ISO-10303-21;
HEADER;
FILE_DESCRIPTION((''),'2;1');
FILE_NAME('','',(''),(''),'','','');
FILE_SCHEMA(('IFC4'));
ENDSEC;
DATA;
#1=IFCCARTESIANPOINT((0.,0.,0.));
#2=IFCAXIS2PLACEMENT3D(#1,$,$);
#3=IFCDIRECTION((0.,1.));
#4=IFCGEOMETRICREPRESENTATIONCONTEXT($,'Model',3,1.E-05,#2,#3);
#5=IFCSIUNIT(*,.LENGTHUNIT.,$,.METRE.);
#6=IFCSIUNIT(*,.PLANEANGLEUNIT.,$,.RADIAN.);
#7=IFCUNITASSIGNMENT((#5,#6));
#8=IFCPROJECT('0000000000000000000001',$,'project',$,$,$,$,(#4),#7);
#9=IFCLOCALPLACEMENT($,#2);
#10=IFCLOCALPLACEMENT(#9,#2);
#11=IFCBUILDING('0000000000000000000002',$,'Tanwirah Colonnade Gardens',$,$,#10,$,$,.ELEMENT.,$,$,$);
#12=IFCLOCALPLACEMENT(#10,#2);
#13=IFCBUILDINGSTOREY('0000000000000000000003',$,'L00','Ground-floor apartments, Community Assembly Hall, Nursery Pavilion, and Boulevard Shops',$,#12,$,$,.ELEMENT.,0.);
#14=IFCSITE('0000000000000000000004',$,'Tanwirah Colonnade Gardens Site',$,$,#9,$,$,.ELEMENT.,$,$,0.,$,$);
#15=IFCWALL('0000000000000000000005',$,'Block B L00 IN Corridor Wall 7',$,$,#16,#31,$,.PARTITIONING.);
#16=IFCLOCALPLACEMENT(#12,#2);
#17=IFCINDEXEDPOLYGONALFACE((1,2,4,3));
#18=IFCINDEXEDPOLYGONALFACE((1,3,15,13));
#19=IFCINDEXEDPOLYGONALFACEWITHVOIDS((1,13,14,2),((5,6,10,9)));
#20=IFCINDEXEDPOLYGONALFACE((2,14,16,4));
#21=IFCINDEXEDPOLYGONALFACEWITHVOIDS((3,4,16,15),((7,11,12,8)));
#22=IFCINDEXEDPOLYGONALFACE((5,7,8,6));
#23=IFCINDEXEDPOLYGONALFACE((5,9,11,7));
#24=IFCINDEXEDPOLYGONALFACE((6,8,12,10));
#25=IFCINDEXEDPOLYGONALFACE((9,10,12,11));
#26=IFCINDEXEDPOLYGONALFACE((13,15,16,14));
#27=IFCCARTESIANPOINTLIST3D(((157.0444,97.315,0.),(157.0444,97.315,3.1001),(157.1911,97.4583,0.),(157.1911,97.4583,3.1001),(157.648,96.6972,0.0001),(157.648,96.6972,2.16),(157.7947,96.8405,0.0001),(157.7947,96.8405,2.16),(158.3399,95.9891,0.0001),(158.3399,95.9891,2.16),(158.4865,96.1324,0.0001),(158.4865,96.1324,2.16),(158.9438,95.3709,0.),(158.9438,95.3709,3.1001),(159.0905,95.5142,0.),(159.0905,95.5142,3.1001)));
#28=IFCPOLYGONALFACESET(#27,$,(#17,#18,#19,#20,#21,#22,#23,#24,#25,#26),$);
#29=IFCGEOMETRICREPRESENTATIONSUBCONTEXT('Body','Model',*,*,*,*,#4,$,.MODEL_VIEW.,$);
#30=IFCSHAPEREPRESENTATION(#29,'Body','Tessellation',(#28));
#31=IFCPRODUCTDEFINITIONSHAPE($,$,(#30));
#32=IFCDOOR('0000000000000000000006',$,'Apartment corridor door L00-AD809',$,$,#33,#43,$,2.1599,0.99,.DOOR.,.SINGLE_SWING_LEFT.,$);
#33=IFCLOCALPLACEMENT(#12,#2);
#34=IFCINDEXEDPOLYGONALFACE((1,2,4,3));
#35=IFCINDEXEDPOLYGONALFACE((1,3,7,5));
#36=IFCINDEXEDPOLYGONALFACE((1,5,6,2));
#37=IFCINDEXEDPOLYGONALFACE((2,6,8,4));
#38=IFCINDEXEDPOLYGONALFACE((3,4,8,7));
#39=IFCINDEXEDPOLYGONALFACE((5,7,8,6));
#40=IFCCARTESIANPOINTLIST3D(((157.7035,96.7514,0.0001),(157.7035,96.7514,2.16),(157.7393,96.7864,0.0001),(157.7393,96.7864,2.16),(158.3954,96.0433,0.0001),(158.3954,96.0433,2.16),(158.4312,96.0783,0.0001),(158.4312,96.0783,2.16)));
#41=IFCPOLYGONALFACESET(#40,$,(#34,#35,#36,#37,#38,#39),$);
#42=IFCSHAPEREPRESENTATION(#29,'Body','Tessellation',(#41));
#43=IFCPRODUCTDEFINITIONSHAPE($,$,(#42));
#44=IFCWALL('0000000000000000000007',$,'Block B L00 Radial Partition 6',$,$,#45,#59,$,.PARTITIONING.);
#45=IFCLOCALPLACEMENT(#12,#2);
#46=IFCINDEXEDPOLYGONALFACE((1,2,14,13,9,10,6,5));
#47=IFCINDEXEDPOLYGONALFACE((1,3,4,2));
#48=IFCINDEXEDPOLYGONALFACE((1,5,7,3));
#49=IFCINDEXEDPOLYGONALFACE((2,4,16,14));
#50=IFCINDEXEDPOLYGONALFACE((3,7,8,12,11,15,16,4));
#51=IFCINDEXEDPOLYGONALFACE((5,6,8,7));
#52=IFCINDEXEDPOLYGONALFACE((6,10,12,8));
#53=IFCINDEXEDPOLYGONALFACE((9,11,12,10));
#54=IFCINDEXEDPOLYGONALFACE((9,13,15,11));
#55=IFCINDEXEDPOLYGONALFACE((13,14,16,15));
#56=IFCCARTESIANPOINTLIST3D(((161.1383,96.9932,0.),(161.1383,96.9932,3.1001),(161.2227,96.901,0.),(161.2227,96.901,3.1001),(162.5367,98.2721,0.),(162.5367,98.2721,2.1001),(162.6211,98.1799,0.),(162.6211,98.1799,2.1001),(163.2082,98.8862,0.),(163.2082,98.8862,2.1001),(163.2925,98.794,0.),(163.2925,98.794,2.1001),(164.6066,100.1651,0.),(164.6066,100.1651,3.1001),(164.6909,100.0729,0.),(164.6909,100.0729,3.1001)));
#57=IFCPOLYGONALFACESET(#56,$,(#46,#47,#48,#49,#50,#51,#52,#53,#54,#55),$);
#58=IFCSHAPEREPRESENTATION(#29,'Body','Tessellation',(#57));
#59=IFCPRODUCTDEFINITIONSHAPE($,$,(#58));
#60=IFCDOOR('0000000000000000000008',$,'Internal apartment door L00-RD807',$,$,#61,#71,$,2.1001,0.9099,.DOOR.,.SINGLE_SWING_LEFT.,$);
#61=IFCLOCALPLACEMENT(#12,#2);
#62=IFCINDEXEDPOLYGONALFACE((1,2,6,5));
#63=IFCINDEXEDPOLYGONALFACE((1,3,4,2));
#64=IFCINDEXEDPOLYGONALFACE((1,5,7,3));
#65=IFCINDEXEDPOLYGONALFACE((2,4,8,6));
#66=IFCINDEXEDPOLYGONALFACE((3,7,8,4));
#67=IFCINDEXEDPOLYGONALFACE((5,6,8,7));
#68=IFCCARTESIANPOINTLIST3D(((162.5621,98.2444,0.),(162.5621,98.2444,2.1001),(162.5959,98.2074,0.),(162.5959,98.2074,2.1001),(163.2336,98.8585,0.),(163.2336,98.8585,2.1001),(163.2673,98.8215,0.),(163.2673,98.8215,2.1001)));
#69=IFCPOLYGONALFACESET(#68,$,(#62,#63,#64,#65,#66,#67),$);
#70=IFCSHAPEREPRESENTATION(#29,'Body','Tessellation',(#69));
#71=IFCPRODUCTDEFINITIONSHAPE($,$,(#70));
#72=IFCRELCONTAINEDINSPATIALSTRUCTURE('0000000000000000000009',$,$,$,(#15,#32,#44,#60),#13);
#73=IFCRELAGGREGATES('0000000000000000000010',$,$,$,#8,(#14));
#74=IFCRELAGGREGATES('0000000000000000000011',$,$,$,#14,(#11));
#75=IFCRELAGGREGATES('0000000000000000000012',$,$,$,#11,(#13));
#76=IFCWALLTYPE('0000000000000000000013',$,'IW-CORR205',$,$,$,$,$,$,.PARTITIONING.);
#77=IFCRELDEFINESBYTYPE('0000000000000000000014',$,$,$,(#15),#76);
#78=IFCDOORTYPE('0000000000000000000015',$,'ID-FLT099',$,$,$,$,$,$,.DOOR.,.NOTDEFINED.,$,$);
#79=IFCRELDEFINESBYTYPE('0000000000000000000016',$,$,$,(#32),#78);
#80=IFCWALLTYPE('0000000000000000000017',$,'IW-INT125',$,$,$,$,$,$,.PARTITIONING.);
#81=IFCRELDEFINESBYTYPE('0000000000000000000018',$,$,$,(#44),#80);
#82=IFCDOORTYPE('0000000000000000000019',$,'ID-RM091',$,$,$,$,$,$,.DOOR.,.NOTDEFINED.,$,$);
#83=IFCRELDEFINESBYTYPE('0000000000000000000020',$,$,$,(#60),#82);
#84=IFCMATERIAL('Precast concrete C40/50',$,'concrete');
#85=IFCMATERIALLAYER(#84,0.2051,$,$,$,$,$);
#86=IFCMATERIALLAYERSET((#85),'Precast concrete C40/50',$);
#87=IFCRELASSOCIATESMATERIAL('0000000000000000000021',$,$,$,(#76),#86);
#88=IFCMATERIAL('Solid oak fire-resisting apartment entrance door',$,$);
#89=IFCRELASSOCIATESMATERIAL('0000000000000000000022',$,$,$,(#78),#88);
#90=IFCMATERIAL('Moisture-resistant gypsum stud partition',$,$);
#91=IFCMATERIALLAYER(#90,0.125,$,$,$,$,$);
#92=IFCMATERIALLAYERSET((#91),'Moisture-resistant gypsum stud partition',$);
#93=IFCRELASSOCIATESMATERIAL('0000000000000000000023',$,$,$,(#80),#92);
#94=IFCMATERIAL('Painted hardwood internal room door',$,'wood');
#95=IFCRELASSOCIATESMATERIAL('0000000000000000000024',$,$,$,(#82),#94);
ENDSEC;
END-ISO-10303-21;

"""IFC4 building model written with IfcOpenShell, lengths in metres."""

from ifc_helpers import new_model, si_unit, direction, frame, frame_2d, origin, place, context, subcontext, project, spatial, rectangle, extrude, material, layer, layer_set, type_object, element, fill, save


model = new_model("IFC4")

# Units and contexts
model_context = context("Model", 3, precision=1e-05, world=origin(), true_north=direction((0.0, 1.0)))
body_context = subcontext(model_context, "Body", "Model", "MODEL_VIEW")
ifc_project = project(units=[si_unit("LENGTHUNIT", "METRE"), si_unit("PLANEANGLEUNIT", "RADIAN")], contexts=[model_context])

# Site, building, storey
site_placement = place(None, origin())
site = spatial("IfcSite", under=ifc_project, at=site_placement, Name="Tanwirah Colonnade Gardens Site", CompositionType="ELEMENT", RefElevation=0.0)
building_placement = place(site_placement, origin())
building = spatial("IfcBuilding", under=site, at=building_placement, Name="Tanwirah Colonnade Gardens", CompositionType="ELEMENT")
storey_placement = place(building_placement, origin())
storey = spatial("IfcBuildingStorey", under=building, at=storey_placement, Name="L00", Description="Ground-floor apartments, Community Assembly Hall, Nursery Pavilion, and Boulevard Shops", CompositionType="ELEMENT", Elevation=0.0)

# Shared definitions
ifc_material_1 = material(Name="Precast concrete C40/50", Category="concrete")

# Walls, openings, doors
ifc_layer_1 = layer(ifc_material_1, 0.2051)
ifc_layer_set_1 = layer_set([ifc_layer_1], Name="Precast concrete C40/50")
wall_type_1 = type_object("IfcWallType", Name="IW-CORR205", PredefinedType="PARTITIONING", material=ifc_layer_set_1)
ifc_material_2 = material(Name="Solid oak fire-resisting apartment entrance door")
door_type_1 = type_object("IfcDoorType", Name="ID-FLT099", OperationType="NOTDEFINED", PredefinedType="DOOR", material=ifc_material_2)
wall_1_placement = place(storey_placement, frame((159.0171, 95.4426, 0.0), z_axis=(0.0, 0.0, 1.0), x_axis=(-0.69884, 0.715278, 0.0)))
wall_1 = element("IfcWall", 1, at=wall_1_placement, inside=storey, type_object=wall_type_1, Name="Block B L00 IN Corridor Wall 7", PredefinedType="PARTITIONING", context=body_context, shape_type="SweptSolid", body=[
    extrude(rectangle(XDim=2.718, YDim=0.2051, at=frame_2d((1.3589, 0.0))), origin(), (0.0, 0.0, 1.0), 3.1001),
])
opening_1_placement = place(wall_1_placement, frame((0.864, 0.0, 0.0)))
opening_1 = element("IfcOpeningElement", 2, at=opening_1_placement, cuts=wall_1, PredefinedType="OPENING", context=body_context, shape_type="SweptSolid", body=[
    extrude(rectangle(XDim=0.99, YDim=2.1599, at=frame_2d((0.4951, 1.0801))), frame((0.0, 0.1125, 0.0), z_axis=(0.0, -1.0, 0.0), x_axis=(1.0, 0.0, 0.0)), (0.0, 0.0, 1.0), 0.2251),
])
door_1_placement = place(opening_1_placement, origin())
door_1 = element("IfcDoor", 3, at=door_1_placement, inside=storey, type_object=door_type_1, Name="Apartment corridor door L00-AD809", OperationType="SINGLE_SWING_LEFT", OverallHeight=2.1599, OverallWidth=0.99, PredefinedType="DOOR", context=body_context, shape_type="SweptSolid", body=[
    extrude(rectangle(XDim=0.99, YDim=2.1599, at=frame_2d((0.4951, 1.0801))), frame((0.0, 0.0249, 0.0), z_axis=(0.0, -1.0, 0.0), x_axis=(1.0, 0.0, 0.0)), (0.0, 0.0, 1.0), 0.05),
])
fill(opening_1, door_1)
ifc_material_3 = material(Name="Moisture-resistant gypsum stud partition")
ifc_layer_2 = layer(ifc_material_3, 0.125)
ifc_layer_set_2 = layer_set([ifc_layer_2], Name="Moisture-resistant gypsum stud partition")
wall_type_2 = type_object("IfcWallType", Name="IW-INT125", PredefinedType="PARTITIONING", material=ifc_layer_set_2)
wall_2_placement = place(storey_placement, frame((161.1804, 96.947, 0.0), z_axis=(0.0, 0.0, 1.0), x_axis=(0.737934, 0.674873, 0.0)))
wall_2 = element("IfcWall", 4, at=wall_2_placement, inside=storey, type_object=wall_type_2, Name="Block B L00 Radial Partition 6", PredefinedType="PARTITIONING", context=body_context, shape_type="SweptSolid", body=[
    extrude(rectangle(XDim=4.7, YDim=0.125, at=frame_2d((2.3501, 0.0))), origin(), (0.0, 0.0, 1.0), 3.1001),
])
opening_2_placement = place(wall_2_placement, frame((1.895, 0.0, 0.0)))
opening_2 = element("IfcOpeningElement", 5, at=opening_2_placement, cuts=wall_2, PredefinedType="OPENING", context=body_context, shape_type="SweptSolid", body=[
    extrude(rectangle(XDim=0.9099, YDim=2.1001, at=frame_2d((0.4551, 1.05))), frame((0.0, 0.0725, 0.0), z_axis=(0.0, -1.0, 0.0), x_axis=(1.0, 0.0, 0.0)), (0.0, 0.0, 1.0), 0.145),
])
ifc_material_4 = material(Name="Painted hardwood internal room door", Category="wood")
door_type_2 = type_object("IfcDoorType", Name="ID-RM091", OperationType="NOTDEFINED", PredefinedType="DOOR", material=ifc_material_4)
door_2_placement = place(opening_2_placement, origin())
door_2 = element("IfcDoor", 6, at=door_2_placement, inside=storey, type_object=door_type_2, Name="Internal apartment door L00-RD807", OperationType="SINGLE_SWING_LEFT", OverallHeight=2.1001, OverallWidth=0.9099, PredefinedType="DOOR", context=body_context, shape_type="SweptSolid", body=[
    extrude(rectangle(XDim=0.9099, YDim=2.1001, at=frame_2d((0.4551, 1.05))), frame((0.0, 0.0249, 0.0), z_axis=(0.0, -1.0, 0.0), x_axis=(1.0, 0.0, 0.0)), (0.0, 0.0, 1.0), 0.05),
])
fill(opening_2, door_2)

save(model, "model.ifc")
